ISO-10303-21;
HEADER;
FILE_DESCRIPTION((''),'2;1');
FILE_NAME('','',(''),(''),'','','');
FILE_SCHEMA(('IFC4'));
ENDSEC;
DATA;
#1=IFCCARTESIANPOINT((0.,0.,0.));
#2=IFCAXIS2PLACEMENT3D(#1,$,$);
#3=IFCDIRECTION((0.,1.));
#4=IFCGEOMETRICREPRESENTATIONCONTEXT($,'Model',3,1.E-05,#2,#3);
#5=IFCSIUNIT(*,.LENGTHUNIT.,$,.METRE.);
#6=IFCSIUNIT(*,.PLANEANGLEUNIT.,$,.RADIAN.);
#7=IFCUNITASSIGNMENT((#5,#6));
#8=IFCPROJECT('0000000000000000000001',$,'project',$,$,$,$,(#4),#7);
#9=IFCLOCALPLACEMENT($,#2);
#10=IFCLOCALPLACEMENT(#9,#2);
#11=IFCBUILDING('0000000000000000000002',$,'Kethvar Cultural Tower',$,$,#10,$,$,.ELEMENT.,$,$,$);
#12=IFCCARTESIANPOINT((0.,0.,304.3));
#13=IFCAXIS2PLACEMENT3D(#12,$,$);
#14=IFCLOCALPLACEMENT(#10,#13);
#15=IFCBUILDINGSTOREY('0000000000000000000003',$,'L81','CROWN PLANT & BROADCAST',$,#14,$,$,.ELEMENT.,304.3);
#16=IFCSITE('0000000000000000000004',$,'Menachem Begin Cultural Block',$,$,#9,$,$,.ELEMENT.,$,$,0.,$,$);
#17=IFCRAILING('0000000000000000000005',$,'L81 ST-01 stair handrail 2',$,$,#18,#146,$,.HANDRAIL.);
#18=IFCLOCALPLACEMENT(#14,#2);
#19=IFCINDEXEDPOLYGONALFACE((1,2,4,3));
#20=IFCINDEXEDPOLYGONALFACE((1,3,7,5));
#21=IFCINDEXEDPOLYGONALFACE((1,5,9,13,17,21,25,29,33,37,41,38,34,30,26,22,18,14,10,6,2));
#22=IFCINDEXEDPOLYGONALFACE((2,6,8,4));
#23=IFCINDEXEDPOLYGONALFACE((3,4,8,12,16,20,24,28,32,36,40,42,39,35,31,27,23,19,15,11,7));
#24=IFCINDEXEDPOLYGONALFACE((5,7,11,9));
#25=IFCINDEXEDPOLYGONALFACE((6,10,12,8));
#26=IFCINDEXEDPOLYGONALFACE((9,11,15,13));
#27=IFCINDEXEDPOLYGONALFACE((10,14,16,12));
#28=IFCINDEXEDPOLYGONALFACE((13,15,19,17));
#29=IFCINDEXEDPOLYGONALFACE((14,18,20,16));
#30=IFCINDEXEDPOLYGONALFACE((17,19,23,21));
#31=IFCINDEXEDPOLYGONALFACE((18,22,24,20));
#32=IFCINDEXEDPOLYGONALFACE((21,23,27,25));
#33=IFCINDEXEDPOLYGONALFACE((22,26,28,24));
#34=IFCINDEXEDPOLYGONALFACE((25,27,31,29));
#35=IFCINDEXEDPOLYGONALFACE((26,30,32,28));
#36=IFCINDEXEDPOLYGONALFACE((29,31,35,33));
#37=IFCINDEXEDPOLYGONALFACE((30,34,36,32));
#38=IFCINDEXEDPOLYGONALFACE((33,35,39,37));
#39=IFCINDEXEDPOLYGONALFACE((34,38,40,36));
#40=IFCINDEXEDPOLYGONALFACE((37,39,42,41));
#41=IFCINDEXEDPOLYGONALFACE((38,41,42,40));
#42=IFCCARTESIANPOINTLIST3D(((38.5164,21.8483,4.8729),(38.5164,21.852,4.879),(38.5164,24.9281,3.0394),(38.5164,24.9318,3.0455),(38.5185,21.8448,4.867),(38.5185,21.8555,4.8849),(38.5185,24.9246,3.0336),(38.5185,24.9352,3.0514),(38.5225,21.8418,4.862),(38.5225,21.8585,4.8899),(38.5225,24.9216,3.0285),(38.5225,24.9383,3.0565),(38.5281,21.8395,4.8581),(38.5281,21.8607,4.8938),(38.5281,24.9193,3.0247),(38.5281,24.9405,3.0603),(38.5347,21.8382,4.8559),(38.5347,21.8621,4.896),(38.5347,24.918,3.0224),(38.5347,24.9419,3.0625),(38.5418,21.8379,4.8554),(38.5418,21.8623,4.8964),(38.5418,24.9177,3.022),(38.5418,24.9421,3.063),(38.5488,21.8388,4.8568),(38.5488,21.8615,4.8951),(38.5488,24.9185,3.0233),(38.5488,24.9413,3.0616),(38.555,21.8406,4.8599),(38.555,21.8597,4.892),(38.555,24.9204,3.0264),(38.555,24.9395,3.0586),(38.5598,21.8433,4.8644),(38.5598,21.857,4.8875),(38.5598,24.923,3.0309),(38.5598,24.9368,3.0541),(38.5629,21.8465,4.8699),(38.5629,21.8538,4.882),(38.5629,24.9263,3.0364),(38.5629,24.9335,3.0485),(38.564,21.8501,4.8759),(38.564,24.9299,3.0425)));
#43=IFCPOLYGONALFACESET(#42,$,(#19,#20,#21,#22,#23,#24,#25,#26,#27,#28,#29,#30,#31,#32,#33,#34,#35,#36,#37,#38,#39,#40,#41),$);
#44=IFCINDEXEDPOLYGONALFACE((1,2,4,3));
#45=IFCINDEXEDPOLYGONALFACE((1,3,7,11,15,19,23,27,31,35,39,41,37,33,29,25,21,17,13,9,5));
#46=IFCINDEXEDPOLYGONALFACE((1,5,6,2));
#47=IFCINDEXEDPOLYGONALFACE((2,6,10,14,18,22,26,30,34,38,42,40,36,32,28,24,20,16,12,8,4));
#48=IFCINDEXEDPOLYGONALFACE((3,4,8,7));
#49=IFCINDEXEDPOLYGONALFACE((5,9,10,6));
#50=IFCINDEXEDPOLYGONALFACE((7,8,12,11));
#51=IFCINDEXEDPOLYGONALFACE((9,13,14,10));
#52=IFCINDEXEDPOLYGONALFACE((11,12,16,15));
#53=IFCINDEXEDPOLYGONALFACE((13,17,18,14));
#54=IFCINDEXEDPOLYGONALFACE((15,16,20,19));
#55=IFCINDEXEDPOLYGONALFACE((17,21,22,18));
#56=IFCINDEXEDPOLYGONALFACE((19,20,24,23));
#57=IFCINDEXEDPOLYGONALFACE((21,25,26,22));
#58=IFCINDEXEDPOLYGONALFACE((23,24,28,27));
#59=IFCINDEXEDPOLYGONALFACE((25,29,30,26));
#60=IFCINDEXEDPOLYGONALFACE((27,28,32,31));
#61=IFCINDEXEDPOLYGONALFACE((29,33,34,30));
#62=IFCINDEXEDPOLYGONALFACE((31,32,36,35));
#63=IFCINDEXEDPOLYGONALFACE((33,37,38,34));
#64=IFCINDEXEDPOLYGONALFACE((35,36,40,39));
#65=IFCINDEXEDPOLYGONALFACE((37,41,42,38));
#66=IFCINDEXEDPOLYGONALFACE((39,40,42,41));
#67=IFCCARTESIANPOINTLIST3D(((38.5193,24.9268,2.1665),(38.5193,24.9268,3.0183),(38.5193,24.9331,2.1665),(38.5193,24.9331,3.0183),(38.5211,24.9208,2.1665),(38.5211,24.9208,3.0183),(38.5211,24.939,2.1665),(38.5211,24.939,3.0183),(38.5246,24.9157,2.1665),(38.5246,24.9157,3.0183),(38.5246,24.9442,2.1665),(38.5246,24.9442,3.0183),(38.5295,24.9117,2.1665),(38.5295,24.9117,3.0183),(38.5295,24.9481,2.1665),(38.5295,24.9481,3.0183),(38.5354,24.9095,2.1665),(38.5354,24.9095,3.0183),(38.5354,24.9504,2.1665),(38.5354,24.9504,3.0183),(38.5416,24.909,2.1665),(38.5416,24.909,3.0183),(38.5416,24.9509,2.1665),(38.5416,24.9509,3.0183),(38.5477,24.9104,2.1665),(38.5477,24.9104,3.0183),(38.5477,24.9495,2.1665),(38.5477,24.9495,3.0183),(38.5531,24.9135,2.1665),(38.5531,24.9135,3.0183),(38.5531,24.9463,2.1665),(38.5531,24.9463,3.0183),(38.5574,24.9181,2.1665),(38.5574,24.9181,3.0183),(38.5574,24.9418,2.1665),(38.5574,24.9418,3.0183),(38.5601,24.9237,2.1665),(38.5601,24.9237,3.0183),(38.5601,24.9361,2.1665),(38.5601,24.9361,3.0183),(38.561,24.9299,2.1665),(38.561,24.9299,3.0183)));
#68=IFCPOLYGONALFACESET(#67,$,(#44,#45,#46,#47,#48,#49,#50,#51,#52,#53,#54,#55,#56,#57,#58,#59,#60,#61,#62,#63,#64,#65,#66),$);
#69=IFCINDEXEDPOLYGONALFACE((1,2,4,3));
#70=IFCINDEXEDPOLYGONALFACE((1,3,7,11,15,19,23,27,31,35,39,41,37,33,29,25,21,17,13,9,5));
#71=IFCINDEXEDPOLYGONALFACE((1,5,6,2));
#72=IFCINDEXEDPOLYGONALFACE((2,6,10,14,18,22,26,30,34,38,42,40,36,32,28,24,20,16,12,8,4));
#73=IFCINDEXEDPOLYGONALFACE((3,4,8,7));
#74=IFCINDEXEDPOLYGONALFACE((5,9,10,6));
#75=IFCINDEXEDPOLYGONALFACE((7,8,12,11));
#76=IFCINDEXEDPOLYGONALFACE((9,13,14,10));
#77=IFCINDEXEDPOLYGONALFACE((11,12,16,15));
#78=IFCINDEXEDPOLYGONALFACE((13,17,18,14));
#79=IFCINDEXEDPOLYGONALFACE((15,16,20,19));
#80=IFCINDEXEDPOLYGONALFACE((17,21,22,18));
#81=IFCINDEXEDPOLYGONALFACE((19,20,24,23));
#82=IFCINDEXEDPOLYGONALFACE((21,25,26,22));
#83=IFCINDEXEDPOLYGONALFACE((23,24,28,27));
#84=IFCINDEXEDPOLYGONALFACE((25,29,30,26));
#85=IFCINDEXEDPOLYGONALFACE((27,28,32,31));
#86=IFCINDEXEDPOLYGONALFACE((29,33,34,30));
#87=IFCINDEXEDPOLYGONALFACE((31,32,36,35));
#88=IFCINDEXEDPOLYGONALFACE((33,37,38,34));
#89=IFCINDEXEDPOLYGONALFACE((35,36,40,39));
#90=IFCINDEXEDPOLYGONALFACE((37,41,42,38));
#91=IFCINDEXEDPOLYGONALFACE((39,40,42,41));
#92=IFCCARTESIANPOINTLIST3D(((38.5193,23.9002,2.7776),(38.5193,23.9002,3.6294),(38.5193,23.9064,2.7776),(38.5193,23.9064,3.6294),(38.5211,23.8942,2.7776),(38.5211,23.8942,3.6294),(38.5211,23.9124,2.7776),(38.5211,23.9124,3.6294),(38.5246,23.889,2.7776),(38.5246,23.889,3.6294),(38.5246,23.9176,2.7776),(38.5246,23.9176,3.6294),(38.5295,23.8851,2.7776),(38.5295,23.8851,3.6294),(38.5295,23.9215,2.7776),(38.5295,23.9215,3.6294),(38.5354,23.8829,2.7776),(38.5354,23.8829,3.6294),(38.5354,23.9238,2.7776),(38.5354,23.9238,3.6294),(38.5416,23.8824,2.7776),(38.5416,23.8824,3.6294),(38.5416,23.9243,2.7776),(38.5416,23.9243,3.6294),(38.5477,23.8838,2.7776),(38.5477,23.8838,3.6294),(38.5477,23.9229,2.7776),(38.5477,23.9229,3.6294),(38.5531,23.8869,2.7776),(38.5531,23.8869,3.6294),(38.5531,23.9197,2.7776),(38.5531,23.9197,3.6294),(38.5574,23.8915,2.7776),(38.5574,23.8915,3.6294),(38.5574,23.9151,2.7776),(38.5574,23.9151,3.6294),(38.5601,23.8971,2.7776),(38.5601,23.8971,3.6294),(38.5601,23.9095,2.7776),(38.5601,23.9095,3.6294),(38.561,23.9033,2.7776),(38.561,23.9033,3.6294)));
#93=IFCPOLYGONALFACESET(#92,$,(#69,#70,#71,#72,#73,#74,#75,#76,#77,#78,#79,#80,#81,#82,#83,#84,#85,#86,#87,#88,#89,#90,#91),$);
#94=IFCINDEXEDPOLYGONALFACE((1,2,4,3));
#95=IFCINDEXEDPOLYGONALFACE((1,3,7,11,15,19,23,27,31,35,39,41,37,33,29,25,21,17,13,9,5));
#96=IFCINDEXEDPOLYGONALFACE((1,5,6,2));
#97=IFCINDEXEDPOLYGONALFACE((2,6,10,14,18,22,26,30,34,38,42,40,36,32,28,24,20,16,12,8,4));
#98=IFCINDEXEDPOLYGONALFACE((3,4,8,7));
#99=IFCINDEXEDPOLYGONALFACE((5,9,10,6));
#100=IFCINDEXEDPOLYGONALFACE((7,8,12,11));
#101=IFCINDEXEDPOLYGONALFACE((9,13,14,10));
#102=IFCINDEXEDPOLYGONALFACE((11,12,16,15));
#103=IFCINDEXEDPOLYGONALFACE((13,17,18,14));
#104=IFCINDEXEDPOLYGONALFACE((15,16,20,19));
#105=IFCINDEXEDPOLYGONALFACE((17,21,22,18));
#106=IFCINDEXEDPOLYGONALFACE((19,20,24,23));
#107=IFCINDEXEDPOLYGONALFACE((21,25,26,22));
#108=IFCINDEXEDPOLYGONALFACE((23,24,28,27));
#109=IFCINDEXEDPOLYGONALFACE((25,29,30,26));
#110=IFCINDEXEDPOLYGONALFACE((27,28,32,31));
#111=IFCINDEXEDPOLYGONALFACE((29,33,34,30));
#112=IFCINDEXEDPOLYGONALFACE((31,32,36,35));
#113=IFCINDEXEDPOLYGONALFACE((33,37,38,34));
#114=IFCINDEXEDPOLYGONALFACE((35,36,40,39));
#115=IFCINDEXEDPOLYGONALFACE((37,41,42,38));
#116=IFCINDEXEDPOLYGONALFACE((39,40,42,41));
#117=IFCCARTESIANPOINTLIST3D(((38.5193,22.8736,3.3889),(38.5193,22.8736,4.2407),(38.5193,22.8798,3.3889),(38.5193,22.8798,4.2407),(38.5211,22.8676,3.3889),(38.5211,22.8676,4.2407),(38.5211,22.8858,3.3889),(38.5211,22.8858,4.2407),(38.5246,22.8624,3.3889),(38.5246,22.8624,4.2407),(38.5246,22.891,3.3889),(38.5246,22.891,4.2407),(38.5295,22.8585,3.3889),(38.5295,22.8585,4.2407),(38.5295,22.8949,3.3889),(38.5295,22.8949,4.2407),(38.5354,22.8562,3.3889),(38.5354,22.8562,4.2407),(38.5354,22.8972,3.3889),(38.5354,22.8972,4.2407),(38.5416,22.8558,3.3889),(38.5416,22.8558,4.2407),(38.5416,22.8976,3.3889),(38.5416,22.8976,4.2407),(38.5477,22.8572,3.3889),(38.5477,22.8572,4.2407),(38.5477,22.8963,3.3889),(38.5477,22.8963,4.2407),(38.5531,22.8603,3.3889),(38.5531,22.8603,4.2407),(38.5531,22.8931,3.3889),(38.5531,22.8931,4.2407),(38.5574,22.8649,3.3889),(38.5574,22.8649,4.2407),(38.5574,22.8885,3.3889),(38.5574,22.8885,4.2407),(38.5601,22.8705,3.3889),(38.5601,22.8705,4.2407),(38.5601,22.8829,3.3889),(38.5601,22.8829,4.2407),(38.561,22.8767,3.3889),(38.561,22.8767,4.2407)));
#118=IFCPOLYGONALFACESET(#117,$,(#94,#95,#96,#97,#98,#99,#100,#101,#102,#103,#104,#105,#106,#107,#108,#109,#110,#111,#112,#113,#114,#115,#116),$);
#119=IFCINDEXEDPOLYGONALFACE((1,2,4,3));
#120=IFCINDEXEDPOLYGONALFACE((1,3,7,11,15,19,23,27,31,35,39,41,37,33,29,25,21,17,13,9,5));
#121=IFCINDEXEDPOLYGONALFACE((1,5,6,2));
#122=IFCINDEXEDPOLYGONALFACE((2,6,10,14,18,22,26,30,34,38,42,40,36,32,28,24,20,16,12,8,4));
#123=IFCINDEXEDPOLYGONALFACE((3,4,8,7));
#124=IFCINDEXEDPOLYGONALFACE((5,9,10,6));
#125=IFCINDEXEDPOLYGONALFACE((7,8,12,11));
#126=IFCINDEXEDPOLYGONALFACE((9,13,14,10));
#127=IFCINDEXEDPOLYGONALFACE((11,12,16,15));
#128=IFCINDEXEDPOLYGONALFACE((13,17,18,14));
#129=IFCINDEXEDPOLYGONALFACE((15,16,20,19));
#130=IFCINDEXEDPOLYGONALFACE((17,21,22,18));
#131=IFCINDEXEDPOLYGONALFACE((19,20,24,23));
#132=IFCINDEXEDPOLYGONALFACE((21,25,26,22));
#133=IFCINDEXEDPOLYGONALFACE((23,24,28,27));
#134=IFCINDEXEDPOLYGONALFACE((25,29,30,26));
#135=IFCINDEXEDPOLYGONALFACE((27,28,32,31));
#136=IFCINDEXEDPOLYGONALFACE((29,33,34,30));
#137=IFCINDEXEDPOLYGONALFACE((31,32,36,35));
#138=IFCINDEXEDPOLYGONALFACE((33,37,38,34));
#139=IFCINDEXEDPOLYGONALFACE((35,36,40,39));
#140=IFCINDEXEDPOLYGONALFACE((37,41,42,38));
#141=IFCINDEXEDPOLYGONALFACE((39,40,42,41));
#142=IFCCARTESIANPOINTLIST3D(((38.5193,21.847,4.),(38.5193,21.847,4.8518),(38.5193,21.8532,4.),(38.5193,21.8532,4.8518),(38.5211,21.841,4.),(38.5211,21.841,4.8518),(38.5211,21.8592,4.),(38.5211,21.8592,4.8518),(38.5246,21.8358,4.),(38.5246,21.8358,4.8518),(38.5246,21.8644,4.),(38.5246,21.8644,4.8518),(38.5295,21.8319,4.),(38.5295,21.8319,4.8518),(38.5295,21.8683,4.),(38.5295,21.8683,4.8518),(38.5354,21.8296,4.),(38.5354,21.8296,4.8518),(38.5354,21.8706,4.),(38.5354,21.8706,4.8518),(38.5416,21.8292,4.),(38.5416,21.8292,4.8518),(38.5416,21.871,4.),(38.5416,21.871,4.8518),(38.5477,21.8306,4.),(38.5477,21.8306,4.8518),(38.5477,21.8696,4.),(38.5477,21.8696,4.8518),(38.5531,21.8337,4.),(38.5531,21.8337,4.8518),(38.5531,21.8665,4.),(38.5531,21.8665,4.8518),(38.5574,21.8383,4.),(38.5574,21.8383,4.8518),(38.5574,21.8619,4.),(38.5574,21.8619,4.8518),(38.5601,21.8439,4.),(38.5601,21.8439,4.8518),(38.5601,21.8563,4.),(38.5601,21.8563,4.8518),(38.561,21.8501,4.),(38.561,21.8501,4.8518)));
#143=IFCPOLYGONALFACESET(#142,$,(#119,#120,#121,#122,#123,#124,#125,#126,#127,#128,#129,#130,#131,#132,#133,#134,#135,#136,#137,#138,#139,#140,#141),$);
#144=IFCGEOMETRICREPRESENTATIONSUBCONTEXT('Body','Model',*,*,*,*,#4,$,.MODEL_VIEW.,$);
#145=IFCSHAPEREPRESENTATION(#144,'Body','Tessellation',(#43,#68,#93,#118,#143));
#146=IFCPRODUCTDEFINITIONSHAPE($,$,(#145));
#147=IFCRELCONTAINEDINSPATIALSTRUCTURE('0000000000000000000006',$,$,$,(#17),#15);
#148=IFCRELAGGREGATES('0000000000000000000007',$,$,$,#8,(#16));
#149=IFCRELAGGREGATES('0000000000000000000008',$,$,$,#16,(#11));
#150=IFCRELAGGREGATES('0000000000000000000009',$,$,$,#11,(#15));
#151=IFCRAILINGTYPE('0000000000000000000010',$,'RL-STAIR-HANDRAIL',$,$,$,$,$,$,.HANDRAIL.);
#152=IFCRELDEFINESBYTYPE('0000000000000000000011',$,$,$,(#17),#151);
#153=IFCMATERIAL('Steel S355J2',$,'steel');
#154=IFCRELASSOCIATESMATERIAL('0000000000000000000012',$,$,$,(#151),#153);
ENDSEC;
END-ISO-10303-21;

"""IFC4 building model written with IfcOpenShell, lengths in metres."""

from ifc_helpers import new_model, si_unit, direction, frame, origin, origin_2d, place, context, subcontext, project, spatial, circle, extrude, material, type_object, element, save


model = new_model("IFC4")

# Units and contexts
model_context = context("Model", 3, precision=1e-05, world=origin(), true_north=direction((0.0, 1.0)))
body_context = subcontext(model_context, "Body", "Model", "MODEL_VIEW")
ifc_project = project(units=[si_unit("LENGTHUNIT", "METRE"), si_unit("PLANEANGLEUNIT", "RADIAN")], contexts=[model_context])

# Site, building, storey
site_placement = place(None, origin())
site = spatial("IfcSite", under=ifc_project, at=site_placement, Name="Menachem Begin Cultural Block", CompositionType="ELEMENT", RefElevation=0.0)
building_placement = place(site_placement, origin())
building = spatial("IfcBuilding", under=site, at=building_placement, Name="Kethvar Cultural Tower", CompositionType="ELEMENT")
storey_placement = place(building_placement, frame((0.0, 0.0, 304.3)))
storey = spatial("IfcBuildingStorey", under=building, at=storey_placement, Name="L81", Description="CROWN PLANT & BROADCAST", CompositionType="ELEMENT", Elevation=304.3)

# Shared definitions
ifc_material_1 = material(Name="Steel S355J2", Category="steel")

# Railing
railing_type_1 = type_object("IfcRailingType", Name="RL-STAIR-HANDRAIL", PredefinedType="HANDRAIL", material=ifc_material_1)
railing_1_placement = place(storey_placement, frame((38.54, 24.9299, 2.1665)))
element("IfcRailing", 1, at=railing_1_placement, inside=storey, type_object=railing_type_1, Name="L81 ST-01 stair handrail 2", PredefinedType="HANDRAIL", context=body_context, shape_type="SweptSolid", body=[
    extrude(circle(Radius=0.0239, at=origin_2d()), frame((0.0, 0.0, 0.876), z_axis=(0.0, -0.859261, 0.511538), x_axis=(1.0, 0.0, 0.0)), (0.0, 0.0, 1.0), 3.5842),
    extrude(circle(Radius=0.021, at=origin_2d()), origin(), (0.0, 0.0, 1.0), 0.8518),
    extrude(circle(Radius=0.021, at=origin_2d()), frame((0.0, -1.0266, 0.6111)), (0.0, 0.0, 1.0), 0.8518),
    extrude(circle(Radius=0.021, at=origin_2d()), frame((0.0, -2.0532, 1.2224)), (0.0, 0.0, 1.0), 0.8518),
    extrude(circle(Radius=0.021, at=origin_2d()), frame((0.0, -3.0798, 1.8335)), (0.0, 0.0, 1.0), 0.8518),
])

save(model, "model.ifc")
